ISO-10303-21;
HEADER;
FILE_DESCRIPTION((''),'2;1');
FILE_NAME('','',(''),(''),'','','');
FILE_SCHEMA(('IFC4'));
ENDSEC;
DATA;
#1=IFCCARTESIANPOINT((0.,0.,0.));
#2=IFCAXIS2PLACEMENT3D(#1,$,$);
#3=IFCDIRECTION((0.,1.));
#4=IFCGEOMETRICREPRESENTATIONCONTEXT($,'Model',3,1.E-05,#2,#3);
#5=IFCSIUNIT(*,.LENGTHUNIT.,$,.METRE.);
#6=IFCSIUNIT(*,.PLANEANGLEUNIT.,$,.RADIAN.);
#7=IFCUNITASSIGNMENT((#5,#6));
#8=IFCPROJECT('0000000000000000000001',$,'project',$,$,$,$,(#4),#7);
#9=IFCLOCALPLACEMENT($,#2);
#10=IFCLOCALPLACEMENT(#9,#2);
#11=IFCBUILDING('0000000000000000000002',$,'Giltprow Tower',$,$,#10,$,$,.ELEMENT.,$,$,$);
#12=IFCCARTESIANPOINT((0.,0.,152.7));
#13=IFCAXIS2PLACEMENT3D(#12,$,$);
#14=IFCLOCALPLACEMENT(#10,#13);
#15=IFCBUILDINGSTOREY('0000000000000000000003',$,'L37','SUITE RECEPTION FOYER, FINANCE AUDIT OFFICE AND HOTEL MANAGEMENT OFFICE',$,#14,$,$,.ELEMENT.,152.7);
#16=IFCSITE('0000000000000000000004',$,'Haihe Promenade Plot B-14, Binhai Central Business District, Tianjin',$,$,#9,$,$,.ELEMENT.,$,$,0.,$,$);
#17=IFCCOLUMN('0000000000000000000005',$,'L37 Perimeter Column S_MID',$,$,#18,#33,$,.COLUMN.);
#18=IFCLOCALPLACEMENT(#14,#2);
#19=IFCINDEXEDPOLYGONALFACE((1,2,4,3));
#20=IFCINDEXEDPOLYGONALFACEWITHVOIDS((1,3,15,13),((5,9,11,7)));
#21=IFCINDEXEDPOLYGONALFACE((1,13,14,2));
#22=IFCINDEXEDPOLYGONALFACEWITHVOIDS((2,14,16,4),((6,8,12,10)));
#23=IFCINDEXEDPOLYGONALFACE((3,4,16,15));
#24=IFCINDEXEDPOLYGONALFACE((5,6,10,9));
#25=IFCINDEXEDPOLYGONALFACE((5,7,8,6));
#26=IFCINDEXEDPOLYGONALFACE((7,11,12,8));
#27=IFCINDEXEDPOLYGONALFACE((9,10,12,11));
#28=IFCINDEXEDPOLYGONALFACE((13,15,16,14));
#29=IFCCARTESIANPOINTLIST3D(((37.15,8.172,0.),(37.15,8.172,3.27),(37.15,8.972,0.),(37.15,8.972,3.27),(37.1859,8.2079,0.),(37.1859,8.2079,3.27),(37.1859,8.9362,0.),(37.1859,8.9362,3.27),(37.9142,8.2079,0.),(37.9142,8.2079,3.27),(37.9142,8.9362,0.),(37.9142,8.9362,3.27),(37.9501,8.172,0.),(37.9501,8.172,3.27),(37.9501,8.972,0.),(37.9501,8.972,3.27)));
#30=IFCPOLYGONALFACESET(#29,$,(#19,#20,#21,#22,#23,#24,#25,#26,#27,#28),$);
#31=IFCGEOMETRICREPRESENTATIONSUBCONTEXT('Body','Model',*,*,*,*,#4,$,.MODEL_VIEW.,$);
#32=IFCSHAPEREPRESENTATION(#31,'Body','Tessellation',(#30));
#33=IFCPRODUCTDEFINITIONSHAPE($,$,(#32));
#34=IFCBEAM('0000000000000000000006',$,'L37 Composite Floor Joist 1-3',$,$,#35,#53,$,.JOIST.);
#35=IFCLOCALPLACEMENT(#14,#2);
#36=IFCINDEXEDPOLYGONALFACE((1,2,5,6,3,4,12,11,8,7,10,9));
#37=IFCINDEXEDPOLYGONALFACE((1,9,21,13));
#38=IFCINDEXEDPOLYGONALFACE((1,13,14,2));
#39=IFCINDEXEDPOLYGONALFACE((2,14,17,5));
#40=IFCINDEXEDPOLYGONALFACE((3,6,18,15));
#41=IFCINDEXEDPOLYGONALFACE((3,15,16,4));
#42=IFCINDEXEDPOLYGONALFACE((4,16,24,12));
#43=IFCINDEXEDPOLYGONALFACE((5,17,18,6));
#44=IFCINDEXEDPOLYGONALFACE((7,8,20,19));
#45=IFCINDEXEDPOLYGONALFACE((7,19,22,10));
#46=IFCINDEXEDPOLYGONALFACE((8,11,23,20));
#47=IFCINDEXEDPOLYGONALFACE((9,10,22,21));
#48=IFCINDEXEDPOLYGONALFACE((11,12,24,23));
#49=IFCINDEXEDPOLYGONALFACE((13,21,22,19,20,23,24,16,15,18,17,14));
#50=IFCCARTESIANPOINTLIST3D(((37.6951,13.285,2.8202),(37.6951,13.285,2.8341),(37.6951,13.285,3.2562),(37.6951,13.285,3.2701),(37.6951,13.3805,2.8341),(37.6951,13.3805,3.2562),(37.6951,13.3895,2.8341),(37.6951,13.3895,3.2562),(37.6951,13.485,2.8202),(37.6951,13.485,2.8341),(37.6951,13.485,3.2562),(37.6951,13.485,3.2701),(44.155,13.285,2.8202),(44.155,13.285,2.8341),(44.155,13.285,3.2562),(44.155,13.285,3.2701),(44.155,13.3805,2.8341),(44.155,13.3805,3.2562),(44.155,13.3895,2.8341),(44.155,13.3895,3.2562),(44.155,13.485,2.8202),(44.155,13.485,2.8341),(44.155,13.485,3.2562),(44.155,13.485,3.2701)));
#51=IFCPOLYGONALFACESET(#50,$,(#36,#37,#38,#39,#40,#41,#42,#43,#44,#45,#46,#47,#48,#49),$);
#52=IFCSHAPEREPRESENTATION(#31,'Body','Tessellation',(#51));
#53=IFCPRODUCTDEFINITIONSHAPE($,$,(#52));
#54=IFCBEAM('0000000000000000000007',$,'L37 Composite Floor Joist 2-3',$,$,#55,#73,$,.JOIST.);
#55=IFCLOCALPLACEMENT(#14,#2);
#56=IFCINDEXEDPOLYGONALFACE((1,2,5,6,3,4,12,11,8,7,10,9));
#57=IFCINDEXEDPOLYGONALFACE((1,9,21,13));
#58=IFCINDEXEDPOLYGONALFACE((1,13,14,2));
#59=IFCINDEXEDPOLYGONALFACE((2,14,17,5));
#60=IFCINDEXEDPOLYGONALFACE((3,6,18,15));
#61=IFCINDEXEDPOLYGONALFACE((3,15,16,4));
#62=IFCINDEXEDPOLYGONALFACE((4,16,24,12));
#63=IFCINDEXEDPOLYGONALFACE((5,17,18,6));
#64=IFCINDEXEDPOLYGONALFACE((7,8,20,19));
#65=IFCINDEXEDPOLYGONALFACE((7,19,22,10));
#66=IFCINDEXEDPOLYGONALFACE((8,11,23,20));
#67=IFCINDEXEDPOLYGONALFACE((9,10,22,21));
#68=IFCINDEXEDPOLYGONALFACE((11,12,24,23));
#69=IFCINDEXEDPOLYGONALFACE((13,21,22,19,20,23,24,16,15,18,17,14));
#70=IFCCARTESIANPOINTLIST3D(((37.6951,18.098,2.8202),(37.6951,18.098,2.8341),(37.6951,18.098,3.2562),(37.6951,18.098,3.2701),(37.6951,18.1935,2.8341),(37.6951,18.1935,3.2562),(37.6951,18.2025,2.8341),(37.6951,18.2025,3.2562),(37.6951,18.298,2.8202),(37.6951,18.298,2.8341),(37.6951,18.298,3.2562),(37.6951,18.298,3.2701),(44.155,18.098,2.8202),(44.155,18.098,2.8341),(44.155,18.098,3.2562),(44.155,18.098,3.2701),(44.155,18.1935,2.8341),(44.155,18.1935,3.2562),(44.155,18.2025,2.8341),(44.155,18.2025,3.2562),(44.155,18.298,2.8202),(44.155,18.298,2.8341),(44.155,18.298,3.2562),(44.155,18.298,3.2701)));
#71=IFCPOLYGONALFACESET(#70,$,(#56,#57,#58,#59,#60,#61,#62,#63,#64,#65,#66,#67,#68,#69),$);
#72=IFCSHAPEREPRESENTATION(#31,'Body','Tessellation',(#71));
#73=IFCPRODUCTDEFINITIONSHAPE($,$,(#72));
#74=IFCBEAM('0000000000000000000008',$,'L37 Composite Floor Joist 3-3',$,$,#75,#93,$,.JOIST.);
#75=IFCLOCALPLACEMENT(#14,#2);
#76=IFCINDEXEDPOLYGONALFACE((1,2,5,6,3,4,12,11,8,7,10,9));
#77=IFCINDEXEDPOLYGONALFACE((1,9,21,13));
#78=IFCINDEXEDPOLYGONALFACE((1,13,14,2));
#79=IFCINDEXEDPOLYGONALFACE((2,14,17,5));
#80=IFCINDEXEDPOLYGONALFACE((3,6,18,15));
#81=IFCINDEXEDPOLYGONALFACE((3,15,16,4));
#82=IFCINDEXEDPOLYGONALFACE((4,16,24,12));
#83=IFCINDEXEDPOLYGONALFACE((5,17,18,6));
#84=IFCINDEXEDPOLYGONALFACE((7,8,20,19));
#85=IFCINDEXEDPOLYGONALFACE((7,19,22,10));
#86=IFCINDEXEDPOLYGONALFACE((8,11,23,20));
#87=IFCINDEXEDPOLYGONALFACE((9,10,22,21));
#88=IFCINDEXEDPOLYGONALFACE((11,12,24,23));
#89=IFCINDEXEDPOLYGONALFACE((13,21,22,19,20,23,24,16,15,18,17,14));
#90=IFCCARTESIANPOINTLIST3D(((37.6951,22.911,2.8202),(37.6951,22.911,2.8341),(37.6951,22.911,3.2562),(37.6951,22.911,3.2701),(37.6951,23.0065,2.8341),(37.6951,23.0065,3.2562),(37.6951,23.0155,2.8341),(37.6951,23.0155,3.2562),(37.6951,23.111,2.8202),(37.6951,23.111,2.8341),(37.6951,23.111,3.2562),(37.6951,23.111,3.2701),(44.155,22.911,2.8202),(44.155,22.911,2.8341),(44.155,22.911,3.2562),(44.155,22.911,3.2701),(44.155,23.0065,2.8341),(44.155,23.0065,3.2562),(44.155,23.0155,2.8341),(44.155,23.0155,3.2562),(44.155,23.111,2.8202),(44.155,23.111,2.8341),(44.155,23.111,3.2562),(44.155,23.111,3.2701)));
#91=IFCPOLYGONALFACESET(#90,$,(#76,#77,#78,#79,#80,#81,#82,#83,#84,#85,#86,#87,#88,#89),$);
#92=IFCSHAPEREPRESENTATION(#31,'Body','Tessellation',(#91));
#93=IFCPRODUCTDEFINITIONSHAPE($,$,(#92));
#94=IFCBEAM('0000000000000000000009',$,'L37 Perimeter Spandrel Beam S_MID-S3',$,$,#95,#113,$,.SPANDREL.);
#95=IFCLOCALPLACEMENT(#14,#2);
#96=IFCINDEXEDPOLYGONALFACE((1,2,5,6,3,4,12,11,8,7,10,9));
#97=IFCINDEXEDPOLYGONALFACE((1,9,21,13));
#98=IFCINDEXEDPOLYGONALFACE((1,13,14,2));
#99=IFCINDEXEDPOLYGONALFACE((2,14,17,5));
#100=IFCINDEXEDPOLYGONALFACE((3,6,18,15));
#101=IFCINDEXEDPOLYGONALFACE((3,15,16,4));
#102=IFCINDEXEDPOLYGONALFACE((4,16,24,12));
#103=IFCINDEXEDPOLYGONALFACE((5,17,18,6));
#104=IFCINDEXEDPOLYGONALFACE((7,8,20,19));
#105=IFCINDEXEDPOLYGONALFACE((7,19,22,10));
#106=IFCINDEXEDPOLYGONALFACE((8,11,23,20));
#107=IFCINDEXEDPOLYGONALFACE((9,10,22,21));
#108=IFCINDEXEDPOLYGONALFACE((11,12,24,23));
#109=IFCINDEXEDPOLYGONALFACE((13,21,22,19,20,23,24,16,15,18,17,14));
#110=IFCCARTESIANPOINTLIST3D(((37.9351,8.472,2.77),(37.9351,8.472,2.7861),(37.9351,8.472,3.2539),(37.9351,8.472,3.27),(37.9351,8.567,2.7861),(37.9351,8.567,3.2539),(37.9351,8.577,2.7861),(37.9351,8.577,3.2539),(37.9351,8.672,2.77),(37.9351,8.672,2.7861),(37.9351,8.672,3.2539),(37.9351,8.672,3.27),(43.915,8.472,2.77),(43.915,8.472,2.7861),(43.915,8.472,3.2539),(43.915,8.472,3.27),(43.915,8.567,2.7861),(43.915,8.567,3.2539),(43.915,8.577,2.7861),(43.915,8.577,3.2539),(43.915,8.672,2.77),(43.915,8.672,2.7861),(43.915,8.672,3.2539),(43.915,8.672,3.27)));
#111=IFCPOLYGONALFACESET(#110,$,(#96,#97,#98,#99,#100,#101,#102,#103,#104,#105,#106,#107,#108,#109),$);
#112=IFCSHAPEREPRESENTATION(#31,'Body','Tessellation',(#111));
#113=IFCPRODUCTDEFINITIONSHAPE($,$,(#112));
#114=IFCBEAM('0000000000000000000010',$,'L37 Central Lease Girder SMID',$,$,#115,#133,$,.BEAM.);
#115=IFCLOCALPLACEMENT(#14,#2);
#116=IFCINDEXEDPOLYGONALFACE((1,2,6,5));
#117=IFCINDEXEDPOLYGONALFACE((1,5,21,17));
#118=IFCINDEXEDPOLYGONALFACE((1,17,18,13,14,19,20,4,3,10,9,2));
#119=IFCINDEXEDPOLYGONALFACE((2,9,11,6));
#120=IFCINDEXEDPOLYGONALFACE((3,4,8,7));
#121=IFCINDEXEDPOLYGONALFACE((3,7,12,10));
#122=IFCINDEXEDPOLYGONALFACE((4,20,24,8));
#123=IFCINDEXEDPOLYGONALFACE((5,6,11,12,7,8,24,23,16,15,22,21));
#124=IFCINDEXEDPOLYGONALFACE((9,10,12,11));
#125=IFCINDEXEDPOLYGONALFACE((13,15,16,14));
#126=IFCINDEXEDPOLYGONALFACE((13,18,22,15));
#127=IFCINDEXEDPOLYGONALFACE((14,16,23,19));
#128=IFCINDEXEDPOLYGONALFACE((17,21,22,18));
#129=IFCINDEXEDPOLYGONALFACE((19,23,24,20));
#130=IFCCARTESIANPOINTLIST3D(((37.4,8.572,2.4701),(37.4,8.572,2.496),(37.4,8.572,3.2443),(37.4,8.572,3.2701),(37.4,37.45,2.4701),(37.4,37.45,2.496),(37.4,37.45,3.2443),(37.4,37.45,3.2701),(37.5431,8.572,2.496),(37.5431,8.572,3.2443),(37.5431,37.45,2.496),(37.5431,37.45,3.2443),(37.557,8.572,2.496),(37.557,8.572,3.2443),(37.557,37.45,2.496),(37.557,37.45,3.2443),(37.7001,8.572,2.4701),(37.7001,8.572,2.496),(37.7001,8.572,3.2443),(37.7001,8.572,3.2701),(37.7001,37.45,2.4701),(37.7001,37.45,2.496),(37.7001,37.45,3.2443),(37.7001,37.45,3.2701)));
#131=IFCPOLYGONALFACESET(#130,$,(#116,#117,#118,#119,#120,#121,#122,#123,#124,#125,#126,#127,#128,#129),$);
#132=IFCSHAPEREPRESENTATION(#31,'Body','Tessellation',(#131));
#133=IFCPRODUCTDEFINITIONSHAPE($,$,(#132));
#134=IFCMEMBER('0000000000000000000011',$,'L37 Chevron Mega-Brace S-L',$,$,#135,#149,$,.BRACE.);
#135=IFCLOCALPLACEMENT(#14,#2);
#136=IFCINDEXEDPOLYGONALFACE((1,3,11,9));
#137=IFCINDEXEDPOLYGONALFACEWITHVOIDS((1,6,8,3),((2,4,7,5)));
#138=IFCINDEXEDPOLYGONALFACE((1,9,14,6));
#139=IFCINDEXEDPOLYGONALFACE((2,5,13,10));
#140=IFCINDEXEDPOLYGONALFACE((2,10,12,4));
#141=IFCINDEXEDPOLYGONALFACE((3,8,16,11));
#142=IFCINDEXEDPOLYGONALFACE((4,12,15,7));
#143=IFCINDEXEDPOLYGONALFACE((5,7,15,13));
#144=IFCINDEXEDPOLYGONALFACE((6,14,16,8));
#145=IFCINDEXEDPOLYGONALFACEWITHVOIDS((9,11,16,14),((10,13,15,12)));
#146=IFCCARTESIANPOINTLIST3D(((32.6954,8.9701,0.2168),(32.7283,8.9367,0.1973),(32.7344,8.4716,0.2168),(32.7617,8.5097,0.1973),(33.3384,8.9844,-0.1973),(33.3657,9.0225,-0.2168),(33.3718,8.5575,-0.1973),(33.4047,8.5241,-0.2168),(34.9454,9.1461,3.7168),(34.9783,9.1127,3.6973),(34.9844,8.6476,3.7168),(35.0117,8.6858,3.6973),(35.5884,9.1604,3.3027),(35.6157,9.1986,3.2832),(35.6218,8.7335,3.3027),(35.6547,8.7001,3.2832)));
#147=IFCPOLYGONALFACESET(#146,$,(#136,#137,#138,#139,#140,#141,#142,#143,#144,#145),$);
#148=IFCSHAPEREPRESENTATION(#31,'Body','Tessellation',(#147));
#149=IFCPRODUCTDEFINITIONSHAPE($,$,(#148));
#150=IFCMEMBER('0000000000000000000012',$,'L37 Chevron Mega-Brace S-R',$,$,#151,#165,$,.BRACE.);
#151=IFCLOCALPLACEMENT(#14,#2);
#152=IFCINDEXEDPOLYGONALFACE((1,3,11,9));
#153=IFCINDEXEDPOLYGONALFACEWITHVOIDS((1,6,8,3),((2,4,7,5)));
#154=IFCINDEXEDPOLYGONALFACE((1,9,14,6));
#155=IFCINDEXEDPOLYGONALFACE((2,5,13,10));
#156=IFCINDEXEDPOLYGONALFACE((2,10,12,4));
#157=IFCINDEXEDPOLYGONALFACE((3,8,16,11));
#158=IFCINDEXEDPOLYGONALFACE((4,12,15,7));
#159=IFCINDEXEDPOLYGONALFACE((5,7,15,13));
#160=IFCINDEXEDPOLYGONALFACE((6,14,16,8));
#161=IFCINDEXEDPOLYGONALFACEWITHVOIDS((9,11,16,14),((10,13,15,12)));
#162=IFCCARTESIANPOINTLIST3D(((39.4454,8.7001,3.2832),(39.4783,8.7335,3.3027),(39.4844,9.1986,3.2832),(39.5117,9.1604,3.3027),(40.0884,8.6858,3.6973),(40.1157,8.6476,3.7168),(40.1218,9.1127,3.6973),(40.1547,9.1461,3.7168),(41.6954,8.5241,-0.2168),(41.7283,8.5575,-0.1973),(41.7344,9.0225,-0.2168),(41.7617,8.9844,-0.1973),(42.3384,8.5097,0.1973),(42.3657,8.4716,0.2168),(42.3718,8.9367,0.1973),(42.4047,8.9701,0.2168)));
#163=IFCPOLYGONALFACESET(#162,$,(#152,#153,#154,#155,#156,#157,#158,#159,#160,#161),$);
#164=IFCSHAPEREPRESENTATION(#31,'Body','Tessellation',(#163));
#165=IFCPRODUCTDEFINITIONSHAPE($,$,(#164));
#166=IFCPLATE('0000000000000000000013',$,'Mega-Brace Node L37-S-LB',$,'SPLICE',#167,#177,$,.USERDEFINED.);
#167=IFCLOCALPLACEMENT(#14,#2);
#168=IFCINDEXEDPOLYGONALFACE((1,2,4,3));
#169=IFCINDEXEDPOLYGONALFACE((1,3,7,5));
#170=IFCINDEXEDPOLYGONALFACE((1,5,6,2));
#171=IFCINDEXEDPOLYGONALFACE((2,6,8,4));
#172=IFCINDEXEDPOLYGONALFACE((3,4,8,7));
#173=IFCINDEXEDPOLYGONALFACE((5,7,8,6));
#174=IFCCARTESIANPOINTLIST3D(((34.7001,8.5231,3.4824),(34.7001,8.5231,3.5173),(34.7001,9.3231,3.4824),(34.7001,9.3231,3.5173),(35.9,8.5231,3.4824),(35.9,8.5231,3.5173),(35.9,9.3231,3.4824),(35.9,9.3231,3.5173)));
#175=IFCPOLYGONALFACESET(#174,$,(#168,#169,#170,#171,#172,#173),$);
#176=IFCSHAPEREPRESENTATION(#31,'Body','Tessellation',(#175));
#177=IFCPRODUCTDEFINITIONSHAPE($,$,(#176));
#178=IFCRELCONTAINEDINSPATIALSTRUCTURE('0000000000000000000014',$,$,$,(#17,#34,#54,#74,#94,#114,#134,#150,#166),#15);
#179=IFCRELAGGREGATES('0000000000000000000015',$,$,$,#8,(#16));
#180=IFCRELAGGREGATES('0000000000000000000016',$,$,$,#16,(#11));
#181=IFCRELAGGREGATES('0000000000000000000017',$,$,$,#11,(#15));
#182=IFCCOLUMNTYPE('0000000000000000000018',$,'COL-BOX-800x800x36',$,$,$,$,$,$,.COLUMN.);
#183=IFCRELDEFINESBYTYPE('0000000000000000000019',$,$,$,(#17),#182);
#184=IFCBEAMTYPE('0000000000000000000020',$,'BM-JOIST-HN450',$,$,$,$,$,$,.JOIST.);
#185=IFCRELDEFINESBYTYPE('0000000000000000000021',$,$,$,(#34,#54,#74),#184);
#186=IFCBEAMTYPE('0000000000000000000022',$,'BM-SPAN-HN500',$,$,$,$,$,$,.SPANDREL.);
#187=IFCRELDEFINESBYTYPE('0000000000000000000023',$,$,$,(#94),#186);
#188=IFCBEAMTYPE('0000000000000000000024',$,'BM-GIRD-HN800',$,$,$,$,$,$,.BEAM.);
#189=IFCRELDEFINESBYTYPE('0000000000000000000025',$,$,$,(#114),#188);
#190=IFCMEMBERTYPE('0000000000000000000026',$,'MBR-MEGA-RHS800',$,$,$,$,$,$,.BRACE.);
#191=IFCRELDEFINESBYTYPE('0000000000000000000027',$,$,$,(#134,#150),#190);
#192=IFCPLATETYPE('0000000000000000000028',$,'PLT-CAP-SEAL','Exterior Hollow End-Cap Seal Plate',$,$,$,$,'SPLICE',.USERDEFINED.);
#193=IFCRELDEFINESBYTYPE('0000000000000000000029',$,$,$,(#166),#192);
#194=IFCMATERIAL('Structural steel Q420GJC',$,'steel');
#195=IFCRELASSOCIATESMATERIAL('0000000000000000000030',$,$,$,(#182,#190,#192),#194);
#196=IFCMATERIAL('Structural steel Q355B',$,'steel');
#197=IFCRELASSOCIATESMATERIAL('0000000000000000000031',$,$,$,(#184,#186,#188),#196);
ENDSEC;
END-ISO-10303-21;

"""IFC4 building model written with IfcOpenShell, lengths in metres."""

from ifc_helpers import new_model, si_unit, direction, frame, origin, origin_2d, place, context, subcontext, project, spatial, rectangle, hollow_rectangle, i_section, extrude, source, transform, mapped, material, material_profile, profile_set, type_object, element, save


model = new_model("IFC4")

# Units and contexts
model_context = context("Model", 3, precision=1e-05, world=origin(), true_north=direction((0.0, 1.0)))
body_context = subcontext(model_context, "Body", "Model", "MODEL_VIEW")
ifc_project = project(units=[si_unit("LENGTHUNIT", "METRE"), si_unit("PLANEANGLEUNIT", "RADIAN")], contexts=[model_context])

# Site, building, storey
site_placement = place(None, origin())
site = spatial("IfcSite", under=ifc_project, at=site_placement, Name="Haihe Promenade Plot B-14, Binhai Central Business District, Tianjin", CompositionType="ELEMENT", RefElevation=0.0)
building_placement = place(site_placement, origin())
building = spatial("IfcBuilding", under=site, at=building_placement, Name="Giltprow Tower", CompositionType="ELEMENT")
storey_placement = place(building_placement, frame((0.0, 0.0, 152.7)))
storey = spatial("IfcBuildingStorey", under=building, at=storey_placement, Name="L37", Description="SUITE RECEPTION FOYER, FINANCE AUDIT OFFICE AND HOTEL MANAGEMENT OFFICE", CompositionType="ELEMENT", Elevation=152.7)

# Column
ifc_material_1 = material(Name="Structural steel Q420GJC", Category="steel")
ifc_material_profile_1 = material_profile(ifc_material_1, hollow_rectangle(XDim=0.8, YDim=0.8, WallThickness=0.0359, at=origin_2d()), Name="BOX 800x800x36")
ifc_profile_set_1 = profile_set([ifc_material_profile_1], Name="Structural steel Q420GJC")
column_type = type_object("IfcColumnType", Name="COL-BOX-800x800x36", PredefinedType="COLUMN", material=ifc_profile_set_1)
shared_shape_1 = source(origin(), body_context, "Body", "SweptSolid", [
    extrude(hollow_rectangle(XDim=0.8, YDim=0.8, WallThickness=0.0359, at=origin_2d()), origin(), (0.0, 0.0, 1.0), 3.27),
])
column_placement = place(storey_placement, frame((37.55, 8.572, 0.0), z_axis=(0.0, 0.0, 1.0), x_axis=(1.0, 0.0, 0.0)))
element("IfcColumn", 1, at=column_placement, inside=storey, type_object=column_type, Name="L37 Perimeter Column S_MID", PredefinedType="COLUMN", context=body_context, shape_type="MappedRepresentation", body=[
    mapped(shared_shape_1, transform((0.0, 0.0, 0.0), x_axis=(1.0, 0.0, 0.0), y_axis=(0.0, 1.0, 0.0), z_axis=(0.0, 0.0, 1.0), scale=1.0)),
])

# Beams
ifc_material_2 = material(Name="Structural steel Q355B", Category="steel")
ifc_material_profile_2 = material_profile(ifc_material_2, i_section(OverallWidth=0.2, OverallDepth=0.45, WebThickness=0.009, FlangeThickness=0.0139, at=origin_2d()), Name="HN 450x200x9x14")
ifc_profile_set_2 = profile_set([ifc_material_profile_2], Name="Structural steel Q355B")
beam_type_1 = type_object("IfcBeamType", Name="BM-JOIST-HN450", PredefinedType="JOIST", material=ifc_profile_set_2)
shared_shape_2 = source(origin(), body_context, "Body", "SweptSolid", [
    extrude(i_section(OverallWidth=0.2, OverallDepth=0.45, WebThickness=0.009, FlangeThickness=0.0139, at=origin_2d()), origin(), (0.0, 0.0, 1.0), 6.46),
])
for number, where, z_axis, x_axis, name in (
    (2, (37.6951, 13.385, 3.0452), (1.0, 0.0, 0.0), (0.0, 1.0, 0.0), "L37 Composite Floor Joist 1-3"),
    (3, (37.6951, 18.198, 3.0452), (1.0, 0.0, 0.0), (0.0, 1.0, 0.0), "L37 Composite Floor Joist 2-3"),
    (4, (37.6951, 23.011, 3.0452), (1.0, 0.0, 0.0), (0.0, 1.0, 0.0), "L37 Composite Floor Joist 3-3"),
):
    element("IfcBeam", number, at=place(storey_placement, frame(where, z_axis=z_axis, x_axis=x_axis)), inside=storey, type_object=beam_type_1, Name=name, PredefinedType="JOIST", context=body_context, shape_type="MappedRepresentation", body=[
        mapped(shared_shape_2, transform((0.0, 0.0, 0.0), x_axis=(1.0, 0.0, 0.0), y_axis=(0.0, 1.0, 0.0), z_axis=(0.0, 0.0, 1.0), scale=1.0)),
    ])
ifc_material_profile_3 = material_profile(ifc_material_2, i_section(OverallWidth=0.2, OverallDepth=0.5, WebThickness=0.01, FlangeThickness=0.0161, at=origin_2d()), Name="HN 500x200x10x16")
ifc_profile_set_3 = profile_set([ifc_material_profile_3], Name="Structural steel Q355B")
beam_type_2 = type_object("IfcBeamType", Name="BM-SPAN-HN500", PredefinedType="SPANDREL", material=ifc_profile_set_3)
shared_shape_3 = source(origin(), body_context, "Body", "SweptSolid", [
    extrude(i_section(OverallWidth=0.2, OverallDepth=0.5, WebThickness=0.01, FlangeThickness=0.0161, at=origin_2d()), origin(), (0.0, 0.0, 1.0), 5.98),
])
beam_1_placement = place(storey_placement, frame((37.9351, 8.572, 3.02), z_axis=(1.0, 0.0, 0.0), x_axis=(0.0, 1.0, 0.0)))
element("IfcBeam", 5, at=beam_1_placement, inside=storey, type_object=beam_type_2, Name="L37 Perimeter Spandrel Beam S_MID-S3", PredefinedType="SPANDREL", context=body_context, shape_type="MappedRepresentation", body=[
    mapped(shared_shape_3, transform((0.0, 0.0, 0.0), x_axis=(1.0, 0.0, 0.0), y_axis=(0.0, 1.0, 0.0), z_axis=(0.0, 0.0, 1.0), scale=1.0)),
])
ifc_material_profile_4 = material_profile(ifc_material_2, i_section(OverallWidth=0.3, OverallDepth=0.8, WebThickness=0.0139, FlangeThickness=0.0259, at=origin_2d()), Name="HN 800x300x14x26")
ifc_profile_set_4 = profile_set([ifc_material_profile_4], Name="Structural steel Q355B")
beam_type_3 = type_object("IfcBeamType", Name="BM-GIRD-HN800", PredefinedType="BEAM", material=ifc_profile_set_4)
shared_shape_4 = source(origin(), body_context, "Body", "SweptSolid", [
    extrude(i_section(OverallWidth=0.3, OverallDepth=0.8, WebThickness=0.0139, FlangeThickness=0.0259, at=origin_2d()), origin(), (0.0, 0.0, 1.0), 28.8779),
])
beam_2_placement = place(storey_placement, frame((37.55, 8.572, 2.8701), z_axis=(0.0, 1.0, 0.0), x_axis=(-1.0, 0.0, 0.0)))
element("IfcBeam", 6, at=beam_2_placement, inside=storey, type_object=beam_type_3, Name="L37 Central Lease Girder SMID", PredefinedType="BEAM", context=body_context, shape_type="MappedRepresentation", body=[
    mapped(shared_shape_4, transform((0.0, 0.0, 0.0), x_axis=(1.0, 0.0, 0.0), y_axis=(0.0, 1.0, 0.0), z_axis=(0.0, 0.0, 1.0), scale=1.0)),
])

# Members
ifc_material_profile_5 = material_profile(ifc_material_1, hollow_rectangle(XDim=0.5, YDim=0.8, WallThickness=0.0359, at=origin_2d()), Name="RHS 800x500x36")
ifc_profile_set_5 = profile_set([ifc_material_profile_5], Name="Structural steel Q420GJC")
member_type = type_object("IfcMemberType", Name="MBR-MEGA-RHS800", PredefinedType="BRACE", material=ifc_profile_set_5)
shared_shape_5 = source(origin(), body_context, "Body", "SweptSolid", [
    extrude(hollow_rectangle(XDim=0.5, YDim=0.8, WallThickness=0.0359, at=origin_2d()), origin(), (0.0, 0.0, 1.0), 4.1646),
])
for number, where, z_axis, x_axis, name in (
    (7, (33.05, 8.7471, 0.0), (0.540274, 0.042268, 0.840427), (-0.077995, 0.996954, 0.0), "L37 Chevron Mega-Brace S-L"),
    (8, (42.05, 8.7471, 0.0), (-0.540274, 0.042268, 0.840427), (-0.077995, -0.996954, 0.0), "L37 Chevron Mega-Brace S-R"),
):
    element("IfcMember", number, at=place(storey_placement, frame(where, z_axis=z_axis, x_axis=x_axis)), inside=storey, type_object=member_type, Name=name, PredefinedType="BRACE", context=body_context, shape_type="MappedRepresentation", body=[
        mapped(shared_shape_5, transform((0.0, 0.0, 0.0), x_axis=(1.0, 0.0, 0.0), y_axis=(0.0, 1.0, 0.0), z_axis=(0.0, 0.0, 1.0), scale=1.0)),
    ])

# Plate
plate_type = type_object("IfcPlateType", Name="PLT-CAP-SEAL", Description="Exterior Hollow End-Cap Seal Plate", ElementType="SPLICE", PredefinedType="USERDEFINED", material=ifc_material_1)
shared_shape_6 = source(origin(), body_context, "Body", "SweptSolid", [
    extrude(rectangle(XDim=1.2, YDim=0.8, at=origin_2d()), origin(), (0.0, 0.0, 1.0), 0.0349),
])
for number, where, z_axis, x_axis, name in (
    (9, (35.3, 8.9231, 3.4824), (0.0, 0.0, 1.0), (1.0, 0.0, 0.0), "Mega-Brace Node L37-S-LB"),
):
    element("IfcPlate", number, at=place(storey_placement, frame(where, z_axis=z_axis, x_axis=x_axis)), inside=storey, type_object=plate_type, Name=name, ObjectType="SPLICE", PredefinedType="USERDEFINED", context=body_context, shape_type="MappedRepresentation", body=[
        mapped(shared_shape_6, transform((0.0, 0.0, 0.0), x_axis=(1.0, 0.0, 0.0), y_axis=(0.0, 1.0, 0.0), z_axis=(0.0, 0.0, 1.0), scale=1.0)),
    ])

save(model, "model.ifc")
